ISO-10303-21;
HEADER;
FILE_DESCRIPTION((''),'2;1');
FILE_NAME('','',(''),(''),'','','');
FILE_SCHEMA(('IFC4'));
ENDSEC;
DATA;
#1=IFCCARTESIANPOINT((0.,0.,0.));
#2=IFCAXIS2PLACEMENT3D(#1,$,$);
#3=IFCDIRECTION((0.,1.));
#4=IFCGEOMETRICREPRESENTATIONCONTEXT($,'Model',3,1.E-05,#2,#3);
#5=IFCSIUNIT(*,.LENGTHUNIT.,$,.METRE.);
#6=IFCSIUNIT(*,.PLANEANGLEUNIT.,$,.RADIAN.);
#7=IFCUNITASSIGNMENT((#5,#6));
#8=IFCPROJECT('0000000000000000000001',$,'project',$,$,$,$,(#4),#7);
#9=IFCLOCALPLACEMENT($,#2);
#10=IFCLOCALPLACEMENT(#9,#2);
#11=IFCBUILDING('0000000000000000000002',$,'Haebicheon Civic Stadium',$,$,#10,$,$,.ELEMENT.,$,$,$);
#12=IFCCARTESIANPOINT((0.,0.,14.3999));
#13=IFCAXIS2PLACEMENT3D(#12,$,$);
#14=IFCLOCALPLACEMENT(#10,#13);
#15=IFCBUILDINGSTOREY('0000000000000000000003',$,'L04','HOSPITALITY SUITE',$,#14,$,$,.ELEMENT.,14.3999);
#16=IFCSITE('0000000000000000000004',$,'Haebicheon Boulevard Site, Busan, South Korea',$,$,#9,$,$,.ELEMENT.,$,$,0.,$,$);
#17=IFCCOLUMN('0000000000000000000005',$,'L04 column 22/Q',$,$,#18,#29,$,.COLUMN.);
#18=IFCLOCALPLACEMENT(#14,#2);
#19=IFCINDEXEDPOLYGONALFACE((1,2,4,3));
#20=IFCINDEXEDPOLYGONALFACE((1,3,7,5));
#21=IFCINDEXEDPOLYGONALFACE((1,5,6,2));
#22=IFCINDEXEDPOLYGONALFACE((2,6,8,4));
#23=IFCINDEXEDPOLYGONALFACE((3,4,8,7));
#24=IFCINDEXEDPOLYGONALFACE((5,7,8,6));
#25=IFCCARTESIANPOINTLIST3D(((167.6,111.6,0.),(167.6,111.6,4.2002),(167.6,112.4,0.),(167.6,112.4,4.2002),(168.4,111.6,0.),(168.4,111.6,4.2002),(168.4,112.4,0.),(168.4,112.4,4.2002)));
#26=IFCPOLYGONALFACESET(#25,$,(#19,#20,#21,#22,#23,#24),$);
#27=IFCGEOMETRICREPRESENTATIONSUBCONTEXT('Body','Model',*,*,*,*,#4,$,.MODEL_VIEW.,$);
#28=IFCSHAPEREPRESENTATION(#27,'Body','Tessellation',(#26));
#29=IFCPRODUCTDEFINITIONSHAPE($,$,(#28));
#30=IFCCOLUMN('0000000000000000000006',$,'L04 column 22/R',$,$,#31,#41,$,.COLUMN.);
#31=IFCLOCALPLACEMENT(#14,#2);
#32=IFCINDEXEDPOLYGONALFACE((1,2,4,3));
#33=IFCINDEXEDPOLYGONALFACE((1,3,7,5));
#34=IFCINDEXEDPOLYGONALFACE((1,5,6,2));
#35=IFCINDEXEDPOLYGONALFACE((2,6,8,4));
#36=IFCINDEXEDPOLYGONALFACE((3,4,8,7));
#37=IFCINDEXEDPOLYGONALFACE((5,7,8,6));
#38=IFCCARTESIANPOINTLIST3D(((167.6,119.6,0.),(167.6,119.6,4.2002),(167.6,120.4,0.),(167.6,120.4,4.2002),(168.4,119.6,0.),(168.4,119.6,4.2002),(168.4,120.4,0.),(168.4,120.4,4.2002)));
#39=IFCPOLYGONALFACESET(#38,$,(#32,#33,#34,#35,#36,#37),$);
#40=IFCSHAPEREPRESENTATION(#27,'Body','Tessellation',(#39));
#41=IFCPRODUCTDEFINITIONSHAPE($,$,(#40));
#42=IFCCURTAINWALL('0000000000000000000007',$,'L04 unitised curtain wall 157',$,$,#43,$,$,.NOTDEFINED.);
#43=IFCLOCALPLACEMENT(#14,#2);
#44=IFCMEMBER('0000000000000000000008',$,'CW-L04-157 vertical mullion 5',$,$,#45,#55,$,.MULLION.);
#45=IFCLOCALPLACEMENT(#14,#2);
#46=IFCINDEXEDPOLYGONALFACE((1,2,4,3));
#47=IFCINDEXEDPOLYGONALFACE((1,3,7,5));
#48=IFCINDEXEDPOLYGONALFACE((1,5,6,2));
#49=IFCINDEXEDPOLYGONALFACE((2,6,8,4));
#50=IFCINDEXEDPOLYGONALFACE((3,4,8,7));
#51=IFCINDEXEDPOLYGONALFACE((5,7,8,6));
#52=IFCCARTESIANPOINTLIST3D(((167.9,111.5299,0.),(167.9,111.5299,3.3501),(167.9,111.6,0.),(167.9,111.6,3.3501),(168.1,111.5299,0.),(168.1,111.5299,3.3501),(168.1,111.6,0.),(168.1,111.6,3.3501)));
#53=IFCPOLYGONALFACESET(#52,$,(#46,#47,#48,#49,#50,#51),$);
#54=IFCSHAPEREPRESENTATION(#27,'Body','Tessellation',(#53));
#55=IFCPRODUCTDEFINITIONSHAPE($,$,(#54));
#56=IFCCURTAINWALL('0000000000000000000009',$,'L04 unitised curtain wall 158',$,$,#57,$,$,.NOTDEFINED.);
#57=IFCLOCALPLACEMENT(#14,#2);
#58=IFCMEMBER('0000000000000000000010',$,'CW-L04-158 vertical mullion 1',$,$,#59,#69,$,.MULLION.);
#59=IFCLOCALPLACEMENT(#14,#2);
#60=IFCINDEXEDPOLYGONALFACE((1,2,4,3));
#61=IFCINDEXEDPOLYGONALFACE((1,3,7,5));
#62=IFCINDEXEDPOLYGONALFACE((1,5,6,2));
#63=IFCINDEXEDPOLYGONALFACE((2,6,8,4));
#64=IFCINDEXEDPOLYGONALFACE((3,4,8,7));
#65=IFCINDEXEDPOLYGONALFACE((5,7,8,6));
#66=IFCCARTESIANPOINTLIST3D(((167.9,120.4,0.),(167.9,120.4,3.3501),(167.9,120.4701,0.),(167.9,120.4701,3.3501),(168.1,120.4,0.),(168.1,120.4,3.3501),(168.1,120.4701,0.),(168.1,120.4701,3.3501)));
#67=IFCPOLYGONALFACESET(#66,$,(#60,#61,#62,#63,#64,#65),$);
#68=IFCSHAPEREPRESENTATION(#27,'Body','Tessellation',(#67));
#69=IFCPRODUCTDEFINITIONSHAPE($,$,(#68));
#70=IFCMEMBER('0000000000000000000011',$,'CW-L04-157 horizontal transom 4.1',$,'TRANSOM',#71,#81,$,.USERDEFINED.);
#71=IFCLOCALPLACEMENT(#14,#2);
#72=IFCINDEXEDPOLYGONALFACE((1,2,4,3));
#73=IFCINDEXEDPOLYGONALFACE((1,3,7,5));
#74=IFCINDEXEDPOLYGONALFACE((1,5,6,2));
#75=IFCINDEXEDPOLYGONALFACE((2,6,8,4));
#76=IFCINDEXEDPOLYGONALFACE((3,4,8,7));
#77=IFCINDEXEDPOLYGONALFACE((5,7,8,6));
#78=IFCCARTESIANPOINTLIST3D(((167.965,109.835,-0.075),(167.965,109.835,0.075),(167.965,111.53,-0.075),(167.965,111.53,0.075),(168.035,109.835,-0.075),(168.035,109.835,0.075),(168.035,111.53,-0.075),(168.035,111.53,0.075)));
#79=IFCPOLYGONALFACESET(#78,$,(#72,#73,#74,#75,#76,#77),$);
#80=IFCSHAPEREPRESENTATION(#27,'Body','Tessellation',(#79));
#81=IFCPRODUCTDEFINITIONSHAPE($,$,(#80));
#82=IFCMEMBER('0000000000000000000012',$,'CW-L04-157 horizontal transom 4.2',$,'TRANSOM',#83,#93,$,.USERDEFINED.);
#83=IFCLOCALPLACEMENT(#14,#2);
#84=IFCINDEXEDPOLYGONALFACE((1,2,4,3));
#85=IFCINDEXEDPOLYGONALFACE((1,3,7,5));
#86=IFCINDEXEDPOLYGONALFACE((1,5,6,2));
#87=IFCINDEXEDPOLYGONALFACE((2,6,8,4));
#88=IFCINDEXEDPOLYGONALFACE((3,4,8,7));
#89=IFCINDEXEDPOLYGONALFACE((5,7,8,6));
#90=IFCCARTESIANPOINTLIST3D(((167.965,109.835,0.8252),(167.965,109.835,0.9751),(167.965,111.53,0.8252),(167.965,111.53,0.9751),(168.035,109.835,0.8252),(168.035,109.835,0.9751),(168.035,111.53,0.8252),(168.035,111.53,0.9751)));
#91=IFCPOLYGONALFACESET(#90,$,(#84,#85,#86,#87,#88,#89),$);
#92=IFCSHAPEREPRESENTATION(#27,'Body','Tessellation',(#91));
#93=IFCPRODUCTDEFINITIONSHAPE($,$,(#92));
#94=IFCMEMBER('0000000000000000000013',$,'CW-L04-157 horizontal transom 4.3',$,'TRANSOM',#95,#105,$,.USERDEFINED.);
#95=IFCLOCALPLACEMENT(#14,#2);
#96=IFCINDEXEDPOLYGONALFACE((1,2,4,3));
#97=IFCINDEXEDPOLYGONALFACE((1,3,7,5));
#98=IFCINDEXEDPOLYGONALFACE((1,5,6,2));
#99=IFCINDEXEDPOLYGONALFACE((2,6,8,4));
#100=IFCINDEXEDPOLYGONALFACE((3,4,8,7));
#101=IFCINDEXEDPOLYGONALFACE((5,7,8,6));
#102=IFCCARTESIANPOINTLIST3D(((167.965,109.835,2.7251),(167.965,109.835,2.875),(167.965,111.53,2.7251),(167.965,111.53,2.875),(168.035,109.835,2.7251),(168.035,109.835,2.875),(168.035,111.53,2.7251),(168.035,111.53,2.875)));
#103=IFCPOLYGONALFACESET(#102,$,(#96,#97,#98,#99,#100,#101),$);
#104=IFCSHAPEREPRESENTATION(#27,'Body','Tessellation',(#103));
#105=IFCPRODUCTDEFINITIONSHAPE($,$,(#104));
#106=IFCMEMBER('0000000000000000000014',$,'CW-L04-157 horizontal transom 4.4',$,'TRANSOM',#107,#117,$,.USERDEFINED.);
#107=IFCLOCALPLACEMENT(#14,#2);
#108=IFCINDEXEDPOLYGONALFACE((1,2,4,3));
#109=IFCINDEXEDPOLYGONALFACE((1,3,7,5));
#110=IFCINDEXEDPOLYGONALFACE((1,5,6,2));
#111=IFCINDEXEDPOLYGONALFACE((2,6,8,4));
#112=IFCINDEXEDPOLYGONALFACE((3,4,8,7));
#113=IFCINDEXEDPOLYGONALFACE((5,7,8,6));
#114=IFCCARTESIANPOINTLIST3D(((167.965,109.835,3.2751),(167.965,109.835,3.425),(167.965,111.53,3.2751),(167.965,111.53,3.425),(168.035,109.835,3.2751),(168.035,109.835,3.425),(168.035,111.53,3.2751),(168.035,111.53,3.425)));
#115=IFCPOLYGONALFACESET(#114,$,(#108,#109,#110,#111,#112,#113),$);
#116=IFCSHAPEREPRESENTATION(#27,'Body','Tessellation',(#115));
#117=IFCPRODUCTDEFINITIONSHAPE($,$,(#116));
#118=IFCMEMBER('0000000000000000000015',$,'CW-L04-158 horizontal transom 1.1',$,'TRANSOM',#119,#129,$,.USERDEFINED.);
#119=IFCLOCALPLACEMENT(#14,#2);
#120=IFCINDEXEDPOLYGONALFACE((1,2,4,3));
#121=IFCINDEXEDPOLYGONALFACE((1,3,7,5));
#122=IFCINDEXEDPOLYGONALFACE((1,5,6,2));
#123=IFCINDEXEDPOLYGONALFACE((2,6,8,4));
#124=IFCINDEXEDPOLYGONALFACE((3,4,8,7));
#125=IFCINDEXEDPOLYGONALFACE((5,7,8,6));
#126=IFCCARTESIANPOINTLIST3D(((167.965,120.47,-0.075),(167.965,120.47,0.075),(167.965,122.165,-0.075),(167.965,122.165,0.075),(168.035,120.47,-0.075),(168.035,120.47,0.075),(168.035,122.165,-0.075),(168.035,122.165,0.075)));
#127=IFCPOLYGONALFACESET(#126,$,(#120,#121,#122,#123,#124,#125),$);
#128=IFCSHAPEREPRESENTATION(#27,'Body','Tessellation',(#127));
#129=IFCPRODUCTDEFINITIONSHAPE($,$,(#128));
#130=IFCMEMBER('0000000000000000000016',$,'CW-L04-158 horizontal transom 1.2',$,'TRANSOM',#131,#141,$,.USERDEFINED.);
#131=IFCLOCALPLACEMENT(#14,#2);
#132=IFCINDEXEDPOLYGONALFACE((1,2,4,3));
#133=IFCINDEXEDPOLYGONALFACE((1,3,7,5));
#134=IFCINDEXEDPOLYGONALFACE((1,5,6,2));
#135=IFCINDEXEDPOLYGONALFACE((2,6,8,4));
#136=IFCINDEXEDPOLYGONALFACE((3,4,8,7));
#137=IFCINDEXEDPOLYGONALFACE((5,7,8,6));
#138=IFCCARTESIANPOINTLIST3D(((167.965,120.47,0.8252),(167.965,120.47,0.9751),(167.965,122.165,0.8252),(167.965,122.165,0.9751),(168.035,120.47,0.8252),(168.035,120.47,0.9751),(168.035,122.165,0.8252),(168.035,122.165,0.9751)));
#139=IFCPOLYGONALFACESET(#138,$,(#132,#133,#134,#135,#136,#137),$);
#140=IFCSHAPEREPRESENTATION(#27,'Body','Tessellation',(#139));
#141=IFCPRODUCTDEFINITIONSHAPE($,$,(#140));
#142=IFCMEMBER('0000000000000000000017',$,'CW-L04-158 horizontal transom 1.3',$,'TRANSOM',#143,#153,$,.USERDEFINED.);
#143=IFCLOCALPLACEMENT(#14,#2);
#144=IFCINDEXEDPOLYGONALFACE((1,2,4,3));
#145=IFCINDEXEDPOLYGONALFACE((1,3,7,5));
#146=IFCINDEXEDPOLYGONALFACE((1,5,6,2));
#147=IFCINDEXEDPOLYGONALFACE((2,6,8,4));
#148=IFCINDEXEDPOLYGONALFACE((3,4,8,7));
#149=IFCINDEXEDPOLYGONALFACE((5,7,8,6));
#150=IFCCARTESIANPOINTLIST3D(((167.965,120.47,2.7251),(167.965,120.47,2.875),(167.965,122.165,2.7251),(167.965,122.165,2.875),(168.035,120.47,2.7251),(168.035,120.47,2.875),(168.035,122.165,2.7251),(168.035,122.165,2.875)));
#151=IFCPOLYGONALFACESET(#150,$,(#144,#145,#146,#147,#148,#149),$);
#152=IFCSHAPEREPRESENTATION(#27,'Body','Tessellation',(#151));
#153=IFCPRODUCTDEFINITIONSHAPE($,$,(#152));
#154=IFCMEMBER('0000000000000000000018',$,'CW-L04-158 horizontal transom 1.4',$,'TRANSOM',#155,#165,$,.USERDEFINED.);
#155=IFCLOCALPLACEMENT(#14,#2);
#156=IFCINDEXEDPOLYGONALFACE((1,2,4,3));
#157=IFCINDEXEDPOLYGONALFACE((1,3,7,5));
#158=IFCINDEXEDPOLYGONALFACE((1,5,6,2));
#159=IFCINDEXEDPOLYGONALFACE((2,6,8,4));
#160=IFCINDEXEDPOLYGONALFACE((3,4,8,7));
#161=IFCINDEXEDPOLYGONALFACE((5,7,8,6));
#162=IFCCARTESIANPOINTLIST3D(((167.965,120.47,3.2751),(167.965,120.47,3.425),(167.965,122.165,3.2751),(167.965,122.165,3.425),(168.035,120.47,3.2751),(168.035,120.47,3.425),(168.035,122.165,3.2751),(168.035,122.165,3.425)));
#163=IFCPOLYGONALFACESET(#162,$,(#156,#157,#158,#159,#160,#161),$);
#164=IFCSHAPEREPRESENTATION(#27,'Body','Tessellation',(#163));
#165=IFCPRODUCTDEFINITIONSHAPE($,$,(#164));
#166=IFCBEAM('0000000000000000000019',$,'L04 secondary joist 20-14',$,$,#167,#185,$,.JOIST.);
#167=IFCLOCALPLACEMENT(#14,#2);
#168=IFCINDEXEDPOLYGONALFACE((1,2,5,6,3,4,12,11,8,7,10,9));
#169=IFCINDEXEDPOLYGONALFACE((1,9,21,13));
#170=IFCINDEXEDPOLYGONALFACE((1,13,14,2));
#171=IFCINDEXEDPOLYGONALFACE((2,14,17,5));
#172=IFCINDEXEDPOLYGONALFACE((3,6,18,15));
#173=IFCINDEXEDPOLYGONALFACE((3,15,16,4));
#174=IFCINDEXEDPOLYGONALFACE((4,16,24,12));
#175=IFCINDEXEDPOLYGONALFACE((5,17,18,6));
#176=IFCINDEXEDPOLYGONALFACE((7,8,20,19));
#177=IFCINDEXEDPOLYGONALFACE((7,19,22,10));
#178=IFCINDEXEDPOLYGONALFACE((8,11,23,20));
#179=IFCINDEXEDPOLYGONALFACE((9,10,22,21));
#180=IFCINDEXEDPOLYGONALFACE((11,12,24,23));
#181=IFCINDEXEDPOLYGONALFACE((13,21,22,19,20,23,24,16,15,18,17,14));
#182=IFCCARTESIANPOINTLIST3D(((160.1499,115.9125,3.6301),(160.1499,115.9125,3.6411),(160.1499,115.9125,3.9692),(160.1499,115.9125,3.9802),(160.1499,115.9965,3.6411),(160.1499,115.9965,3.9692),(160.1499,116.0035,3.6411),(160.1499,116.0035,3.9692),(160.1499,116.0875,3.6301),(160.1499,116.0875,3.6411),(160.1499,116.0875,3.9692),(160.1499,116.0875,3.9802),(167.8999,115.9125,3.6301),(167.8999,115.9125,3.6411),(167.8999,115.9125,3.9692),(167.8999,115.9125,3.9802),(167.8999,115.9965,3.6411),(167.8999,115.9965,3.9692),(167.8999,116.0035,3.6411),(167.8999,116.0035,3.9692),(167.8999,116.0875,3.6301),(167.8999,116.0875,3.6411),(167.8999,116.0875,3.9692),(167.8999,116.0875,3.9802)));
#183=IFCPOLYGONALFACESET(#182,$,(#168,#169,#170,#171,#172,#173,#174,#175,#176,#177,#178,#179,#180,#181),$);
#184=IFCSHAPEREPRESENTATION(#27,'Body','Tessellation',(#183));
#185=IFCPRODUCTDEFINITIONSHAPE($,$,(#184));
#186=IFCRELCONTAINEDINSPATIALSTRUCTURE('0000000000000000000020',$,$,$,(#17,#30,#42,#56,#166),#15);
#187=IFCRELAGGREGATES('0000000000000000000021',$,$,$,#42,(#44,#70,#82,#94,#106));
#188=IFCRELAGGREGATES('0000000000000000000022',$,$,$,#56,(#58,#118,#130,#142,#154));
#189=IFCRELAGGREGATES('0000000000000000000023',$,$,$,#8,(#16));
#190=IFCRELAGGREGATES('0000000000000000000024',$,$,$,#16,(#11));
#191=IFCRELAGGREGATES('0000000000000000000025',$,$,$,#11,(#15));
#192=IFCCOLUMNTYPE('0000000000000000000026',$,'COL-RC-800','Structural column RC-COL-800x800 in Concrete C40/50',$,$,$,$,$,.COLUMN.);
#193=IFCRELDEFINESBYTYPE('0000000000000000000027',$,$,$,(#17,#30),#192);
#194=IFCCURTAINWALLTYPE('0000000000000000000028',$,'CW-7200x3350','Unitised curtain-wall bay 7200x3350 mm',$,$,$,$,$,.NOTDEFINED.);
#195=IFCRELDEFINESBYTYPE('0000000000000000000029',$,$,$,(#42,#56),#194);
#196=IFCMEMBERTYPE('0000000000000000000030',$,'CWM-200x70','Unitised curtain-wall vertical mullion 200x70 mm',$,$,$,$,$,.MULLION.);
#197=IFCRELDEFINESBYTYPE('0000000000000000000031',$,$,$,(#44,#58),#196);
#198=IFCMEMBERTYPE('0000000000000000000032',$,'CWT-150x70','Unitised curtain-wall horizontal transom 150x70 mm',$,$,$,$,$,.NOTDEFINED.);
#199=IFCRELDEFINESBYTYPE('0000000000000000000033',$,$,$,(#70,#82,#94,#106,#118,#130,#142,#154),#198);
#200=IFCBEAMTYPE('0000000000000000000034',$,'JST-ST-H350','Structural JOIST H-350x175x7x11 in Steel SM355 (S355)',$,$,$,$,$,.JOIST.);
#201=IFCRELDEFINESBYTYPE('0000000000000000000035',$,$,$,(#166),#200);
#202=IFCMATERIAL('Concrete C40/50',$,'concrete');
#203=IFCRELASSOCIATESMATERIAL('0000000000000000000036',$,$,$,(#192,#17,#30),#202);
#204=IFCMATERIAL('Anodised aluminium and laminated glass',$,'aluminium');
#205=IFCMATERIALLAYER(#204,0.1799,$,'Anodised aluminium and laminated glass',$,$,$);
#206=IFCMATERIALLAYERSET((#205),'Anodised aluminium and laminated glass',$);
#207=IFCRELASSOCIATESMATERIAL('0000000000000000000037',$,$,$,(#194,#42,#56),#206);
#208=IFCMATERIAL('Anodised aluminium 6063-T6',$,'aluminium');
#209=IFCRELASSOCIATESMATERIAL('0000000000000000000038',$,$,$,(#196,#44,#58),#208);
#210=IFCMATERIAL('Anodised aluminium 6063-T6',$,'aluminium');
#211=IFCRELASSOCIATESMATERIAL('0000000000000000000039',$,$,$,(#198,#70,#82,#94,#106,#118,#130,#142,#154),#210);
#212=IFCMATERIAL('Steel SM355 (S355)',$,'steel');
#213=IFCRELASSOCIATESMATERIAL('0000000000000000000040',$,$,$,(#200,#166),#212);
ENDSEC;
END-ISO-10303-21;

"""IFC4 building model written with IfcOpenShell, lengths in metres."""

from ifc_helpers import new_model, si_unit, direction, frame, origin, origin_2d, place, context, subcontext, project, spatial, rectangle, i_section, extrude, material, layer, layer_set, material_profile, profile_set, type_object, element, aggregate, save


model = new_model("IFC4")

# Units and contexts
model_context = context("Model", 3, precision=1e-05, world=origin(), true_north=direction((0.0, 1.0)))
body_context = subcontext(model_context, "Body", "Model", "MODEL_VIEW")
ifc_project = project(units=[si_unit("LENGTHUNIT", "METRE"), si_unit("PLANEANGLEUNIT", "RADIAN")], contexts=[model_context])

# Site, building, storey
site_placement = place(None, origin())
site = spatial("IfcSite", under=ifc_project, at=site_placement, Name="Haebicheon Boulevard Site, Busan, South Korea", CompositionType="ELEMENT", RefElevation=0.0)
building_placement = place(site_placement, origin())
building = spatial("IfcBuilding", under=site, at=building_placement, Name="Haebicheon Civic Stadium", CompositionType="ELEMENT")
storey_placement = place(building_placement, frame((0.0, 0.0, 14.3999)))
storey = spatial("IfcBuildingStorey", under=building, at=storey_placement, Name="L04", Description="HOSPITALITY SUITE", CompositionType="ELEMENT", Elevation=14.3999)

# Columns
ifc_material_1 = material(Name="Concrete C40/50", Category="concrete")
ifc_material_profile_1 = material_profile(ifc_material_1, rectangle(XDim=0.8, YDim=0.8, at=origin_2d()), Name="RC-COL-800x800")
ifc_profile_set_1 = profile_set([ifc_material_profile_1], Name="Concrete C40/50")
column_type = type_object("IfcColumnType", Name="COL-RC-800", Description="Structural column RC-COL-800x800 in Concrete C40/50", PredefinedType="COLUMN", material=ifc_profile_set_1)
for number, where, z_axis, x_axis, name in (
    (1, (168.0, 112.0, 0.0), (0.0, 0.0, 1.0), (1.0, 0.0, 0.0), "L04 column 22/Q"),
    (2, (168.0, 120.0, 0.0), (0.0, 0.0, 1.0), (1.0, 0.0, 0.0), "L04 column 22/R"),
):
    element("IfcColumn", number, at=place(storey_placement, frame(where, z_axis=z_axis, x_axis=x_axis)), inside=storey, type_object=column_type, material=ifc_profile_set_1, Name=name, PredefinedType="COLUMN", context=body_context, shape_type="SweptSolid", body=[
        extrude(rectangle(XDim=0.8, YDim=0.8, at=origin_2d()), origin(), (0.0, 0.0, 1.0), 4.2002),
    ])

# Curtain walls, members
ifc_material_2 = material(Name="Anodised aluminium and laminated glass", Category="aluminium")
ifc_layer_1 = layer(ifc_material_2, 0.1799, Name="Anodised aluminium and laminated glass")
ifc_layer_set_1 = layer_set([ifc_layer_1], Name="Anodised aluminium and laminated glass")
curtain_wall_type = type_object("IfcCurtainWallType", Name="CW-7200x3350", Description="Unitised curtain-wall bay 7200x3350 mm", PredefinedType="NOTDEFINED", material=ifc_layer_set_1)
curtain_wall_1_placement = place(storey_placement, origin())
curtain_wall_1 = element("IfcCurtainWall", 3, at=curtain_wall_1_placement, inside=storey, type_object=curtain_wall_type, material=ifc_layer_set_1, Name="L04 unitised curtain wall 157", PredefinedType="NOTDEFINED")
ifc_material_3 = material(Name="Anodised aluminium 6063-T6", Category="aluminium")
ifc_material_profile_2 = material_profile(ifc_material_3, rectangle(XDim=0.0701, YDim=0.2, at=origin_2d()), Name="ALU-MULL-70x200")
ifc_profile_set_2 = profile_set([ifc_material_profile_2], Name="Anodised aluminium 6063-T6")
member_type_1 = type_object("IfcMemberType", Name="CWM-200x70", Description="Unitised curtain-wall vertical mullion 200x70 mm", PredefinedType="MULLION", material=ifc_profile_set_2)
member_1_placement = place(storey_placement, frame((168.0, 111.5649, 0.0), z_axis=(0.0, 0.0, 1.0), x_axis=(0.0, 1.0, 0.0)))
member_1 = element("IfcMember", 4, at=member_1_placement, type_object=member_type_1, material=ifc_profile_set_2, Name="CW-L04-157 vertical mullion 5", PredefinedType="MULLION", context=body_context, shape_type="SweptSolid", body=[
    extrude(rectangle(XDim=0.0701, YDim=0.2, at=origin_2d()), origin(), (0.0, 0.0, 1.0), 3.3501),
])
curtain_wall_2_placement = place(storey_placement, origin())
curtain_wall_2 = element("IfcCurtainWall", 5, at=curtain_wall_2_placement, inside=storey, type_object=curtain_wall_type, material=ifc_layer_set_1, Name="L04 unitised curtain wall 158", PredefinedType="NOTDEFINED")
member_2_placement = place(storey_placement, frame((168.0, 120.4351, 0.0), z_axis=(0.0, 0.0, 1.0), x_axis=(0.0, 1.0, 0.0)))
member_2 = element("IfcMember", 6, at=member_2_placement, type_object=member_type_1, material=ifc_profile_set_2, Name="CW-L04-158 vertical mullion 1", PredefinedType="MULLION", context=body_context, shape_type="SweptSolid", body=[
    extrude(rectangle(XDim=0.0701, YDim=0.2, at=origin_2d()), origin(), (0.0, 0.0, 1.0), 3.3501),
])

# Members
ifc_material_4 = material(Name="Anodised aluminium 6063-T6", Category="aluminium")
ifc_material_profile_3 = material_profile(ifc_material_4, rectangle(XDim=0.0701, YDim=0.1499, at=origin_2d()), Name="ALU-TRAN-70x150")
ifc_profile_set_3 = profile_set([ifc_material_profile_3], Name="Anodised aluminium 6063-T6")
member_type_2 = type_object("IfcMemberType", Name="CWT-150x70", Description="Unitised curtain-wall horizontal transom 150x70 mm", PredefinedType="NOTDEFINED", material=ifc_profile_set_3)
member_3_placement = place(storey_placement, frame((168.0, 109.835, 0.0), z_axis=(0.0, 1.0, 0.0), x_axis=(-1.0, 0.0, 0.0)))
member_3 = element("IfcMember", 7, at=member_3_placement, type_object=member_type_2, material=ifc_profile_set_3, Name="CW-L04-157 horizontal transom 4.1", ObjectType="TRANSOM", PredefinedType="USERDEFINED", context=body_context, shape_type="SweptSolid", body=[
    extrude(rectangle(XDim=0.0701, YDim=0.1499, at=origin_2d()), origin(), (0.0, 0.0, 1.0), 1.6951),
])
member_4_placement = place(storey_placement, frame((168.0, 109.835, 0.9001), z_axis=(0.0, 1.0, 0.0), x_axis=(-1.0, 0.0, 0.0)))
member_4 = element("IfcMember", 8, at=member_4_placement, type_object=member_type_2, material=ifc_profile_set_3, Name="CW-L04-157 horizontal transom 4.2", ObjectType="TRANSOM", PredefinedType="USERDEFINED", context=body_context, shape_type="SweptSolid", body=[
    extrude(rectangle(XDim=0.0701, YDim=0.1499, at=origin_2d()), origin(), (0.0, 0.0, 1.0), 1.6951),
])
member_5_placement = place(storey_placement, frame((168.0, 109.835, 2.8), z_axis=(0.0, 1.0, 0.0), x_axis=(-1.0, 0.0, 0.0)))
member_5 = element("IfcMember", 9, at=member_5_placement, type_object=member_type_2, material=ifc_profile_set_3, Name="CW-L04-157 horizontal transom 4.3", ObjectType="TRANSOM", PredefinedType="USERDEFINED", context=body_context, shape_type="SweptSolid", body=[
    extrude(rectangle(XDim=0.0701, YDim=0.1499, at=origin_2d()), origin(), (0.0, 0.0, 1.0), 1.6951),
])
member_6_placement = place(storey_placement, frame((168.0, 109.835, 3.3501), z_axis=(0.0, 1.0, 0.0), x_axis=(-1.0, 0.0, 0.0)))
member_6 = element("IfcMember", 10, at=member_6_placement, type_object=member_type_2, material=ifc_profile_set_3, Name="CW-L04-157 horizontal transom 4.4", ObjectType="TRANSOM", PredefinedType="USERDEFINED", context=body_context, shape_type="SweptSolid", body=[
    extrude(rectangle(XDim=0.0701, YDim=0.1499, at=origin_2d()), origin(), (0.0, 0.0, 1.0), 1.6951),
])
member_7_placement = place(storey_placement, frame((168.0, 120.47, 0.0), z_axis=(0.0, 1.0, 0.0), x_axis=(-1.0, 0.0, 0.0)))
member_7 = element("IfcMember", 11, at=member_7_placement, type_object=member_type_2, material=ifc_profile_set_3, Name="CW-L04-158 horizontal transom 1.1", ObjectType="TRANSOM", PredefinedType="USERDEFINED", context=body_context, shape_type="SweptSolid", body=[
    extrude(rectangle(XDim=0.0701, YDim=0.1499, at=origin_2d()), origin(), (0.0, 0.0, 1.0), 1.6951),
])
member_8_placement = place(storey_placement, frame((168.0, 120.47, 0.9001), z_axis=(0.0, 1.0, 0.0), x_axis=(-1.0, 0.0, 0.0)))
member_8 = element("IfcMember", 12, at=member_8_placement, type_object=member_type_2, material=ifc_profile_set_3, Name="CW-L04-158 horizontal transom 1.2", ObjectType="TRANSOM", PredefinedType="USERDEFINED", context=body_context, shape_type="SweptSolid", body=[
    extrude(rectangle(XDim=0.0701, YDim=0.1499, at=origin_2d()), origin(), (0.0, 0.0, 1.0), 1.6951),
])
member_9_placement = place(storey_placement, frame((168.0, 120.47, 2.8), z_axis=(0.0, 1.0, 0.0), x_axis=(-1.0, 0.0, 0.0)))
member_9 = element("IfcMember", 13, at=member_9_placement, type_object=member_type_2, material=ifc_profile_set_3, Name="CW-L04-158 horizontal transom 1.3", ObjectType="TRANSOM", PredefinedType="USERDEFINED", context=body_context, shape_type="SweptSolid", body=[
    extrude(rectangle(XDim=0.0701, YDim=0.1499, at=origin_2d()), origin(), (0.0, 0.0, 1.0), 1.6951),
])
member_10_placement = place(storey_placement, frame((168.0, 120.47, 3.3501), z_axis=(0.0, 1.0, 0.0), x_axis=(-1.0, 0.0, 0.0)))
member_10 = element("IfcMember", 14, at=member_10_placement, type_object=member_type_2, material=ifc_profile_set_3, Name="CW-L04-158 horizontal transom 1.4", ObjectType="TRANSOM", PredefinedType="USERDEFINED", context=body_context, shape_type="SweptSolid", body=[
    extrude(rectangle(XDim=0.0701, YDim=0.1499, at=origin_2d()), origin(), (0.0, 0.0, 1.0), 1.6951),
])

# Beam
ifc_material_5 = material(Name="Steel SM355 (S355)", Category="steel")
ifc_material_profile_4 = material_profile(ifc_material_5, i_section(OverallWidth=0.175, OverallDepth=0.3501, WebThickness=0.0071, FlangeThickness=0.011, at=origin_2d()), Name="H-350x175x7x11")
ifc_profile_set_4 = profile_set([ifc_material_profile_4], Name="Steel SM355 (S355)")
beam_type_1 = type_object("IfcBeamType", Name="JST-ST-H350", Description="Structural JOIST H-350x175x7x11 in Steel SM355 (S355)", PredefinedType="JOIST", material=ifc_profile_set_4)
beam_placement = place(storey_placement, frame((160.1499, 116.0, 3.8052), z_axis=(1.0, 0.0, 0.0), x_axis=(0.0, 1.0, 0.0)))
element("IfcBeam", 15, at=beam_placement, inside=storey, type_object=beam_type_1, material=ifc_profile_set_4, Name="L04 secondary joist 20-14", PredefinedType="JOIST", context=body_context, shape_type="SweptSolid", body=[
    extrude(i_section(OverallWidth=0.175, OverallDepth=0.3501, WebThickness=0.0071, FlangeThickness=0.011, at=origin_2d()), origin(), (0.0, 0.0, 1.0), 7.75),
])

aggregate(curtain_wall_1, [member_1, member_3, member_4, member_5, member_6])
aggregate(curtain_wall_2, [member_2, member_7, member_8, member_9, member_10])

save(model, "model.ifc")
